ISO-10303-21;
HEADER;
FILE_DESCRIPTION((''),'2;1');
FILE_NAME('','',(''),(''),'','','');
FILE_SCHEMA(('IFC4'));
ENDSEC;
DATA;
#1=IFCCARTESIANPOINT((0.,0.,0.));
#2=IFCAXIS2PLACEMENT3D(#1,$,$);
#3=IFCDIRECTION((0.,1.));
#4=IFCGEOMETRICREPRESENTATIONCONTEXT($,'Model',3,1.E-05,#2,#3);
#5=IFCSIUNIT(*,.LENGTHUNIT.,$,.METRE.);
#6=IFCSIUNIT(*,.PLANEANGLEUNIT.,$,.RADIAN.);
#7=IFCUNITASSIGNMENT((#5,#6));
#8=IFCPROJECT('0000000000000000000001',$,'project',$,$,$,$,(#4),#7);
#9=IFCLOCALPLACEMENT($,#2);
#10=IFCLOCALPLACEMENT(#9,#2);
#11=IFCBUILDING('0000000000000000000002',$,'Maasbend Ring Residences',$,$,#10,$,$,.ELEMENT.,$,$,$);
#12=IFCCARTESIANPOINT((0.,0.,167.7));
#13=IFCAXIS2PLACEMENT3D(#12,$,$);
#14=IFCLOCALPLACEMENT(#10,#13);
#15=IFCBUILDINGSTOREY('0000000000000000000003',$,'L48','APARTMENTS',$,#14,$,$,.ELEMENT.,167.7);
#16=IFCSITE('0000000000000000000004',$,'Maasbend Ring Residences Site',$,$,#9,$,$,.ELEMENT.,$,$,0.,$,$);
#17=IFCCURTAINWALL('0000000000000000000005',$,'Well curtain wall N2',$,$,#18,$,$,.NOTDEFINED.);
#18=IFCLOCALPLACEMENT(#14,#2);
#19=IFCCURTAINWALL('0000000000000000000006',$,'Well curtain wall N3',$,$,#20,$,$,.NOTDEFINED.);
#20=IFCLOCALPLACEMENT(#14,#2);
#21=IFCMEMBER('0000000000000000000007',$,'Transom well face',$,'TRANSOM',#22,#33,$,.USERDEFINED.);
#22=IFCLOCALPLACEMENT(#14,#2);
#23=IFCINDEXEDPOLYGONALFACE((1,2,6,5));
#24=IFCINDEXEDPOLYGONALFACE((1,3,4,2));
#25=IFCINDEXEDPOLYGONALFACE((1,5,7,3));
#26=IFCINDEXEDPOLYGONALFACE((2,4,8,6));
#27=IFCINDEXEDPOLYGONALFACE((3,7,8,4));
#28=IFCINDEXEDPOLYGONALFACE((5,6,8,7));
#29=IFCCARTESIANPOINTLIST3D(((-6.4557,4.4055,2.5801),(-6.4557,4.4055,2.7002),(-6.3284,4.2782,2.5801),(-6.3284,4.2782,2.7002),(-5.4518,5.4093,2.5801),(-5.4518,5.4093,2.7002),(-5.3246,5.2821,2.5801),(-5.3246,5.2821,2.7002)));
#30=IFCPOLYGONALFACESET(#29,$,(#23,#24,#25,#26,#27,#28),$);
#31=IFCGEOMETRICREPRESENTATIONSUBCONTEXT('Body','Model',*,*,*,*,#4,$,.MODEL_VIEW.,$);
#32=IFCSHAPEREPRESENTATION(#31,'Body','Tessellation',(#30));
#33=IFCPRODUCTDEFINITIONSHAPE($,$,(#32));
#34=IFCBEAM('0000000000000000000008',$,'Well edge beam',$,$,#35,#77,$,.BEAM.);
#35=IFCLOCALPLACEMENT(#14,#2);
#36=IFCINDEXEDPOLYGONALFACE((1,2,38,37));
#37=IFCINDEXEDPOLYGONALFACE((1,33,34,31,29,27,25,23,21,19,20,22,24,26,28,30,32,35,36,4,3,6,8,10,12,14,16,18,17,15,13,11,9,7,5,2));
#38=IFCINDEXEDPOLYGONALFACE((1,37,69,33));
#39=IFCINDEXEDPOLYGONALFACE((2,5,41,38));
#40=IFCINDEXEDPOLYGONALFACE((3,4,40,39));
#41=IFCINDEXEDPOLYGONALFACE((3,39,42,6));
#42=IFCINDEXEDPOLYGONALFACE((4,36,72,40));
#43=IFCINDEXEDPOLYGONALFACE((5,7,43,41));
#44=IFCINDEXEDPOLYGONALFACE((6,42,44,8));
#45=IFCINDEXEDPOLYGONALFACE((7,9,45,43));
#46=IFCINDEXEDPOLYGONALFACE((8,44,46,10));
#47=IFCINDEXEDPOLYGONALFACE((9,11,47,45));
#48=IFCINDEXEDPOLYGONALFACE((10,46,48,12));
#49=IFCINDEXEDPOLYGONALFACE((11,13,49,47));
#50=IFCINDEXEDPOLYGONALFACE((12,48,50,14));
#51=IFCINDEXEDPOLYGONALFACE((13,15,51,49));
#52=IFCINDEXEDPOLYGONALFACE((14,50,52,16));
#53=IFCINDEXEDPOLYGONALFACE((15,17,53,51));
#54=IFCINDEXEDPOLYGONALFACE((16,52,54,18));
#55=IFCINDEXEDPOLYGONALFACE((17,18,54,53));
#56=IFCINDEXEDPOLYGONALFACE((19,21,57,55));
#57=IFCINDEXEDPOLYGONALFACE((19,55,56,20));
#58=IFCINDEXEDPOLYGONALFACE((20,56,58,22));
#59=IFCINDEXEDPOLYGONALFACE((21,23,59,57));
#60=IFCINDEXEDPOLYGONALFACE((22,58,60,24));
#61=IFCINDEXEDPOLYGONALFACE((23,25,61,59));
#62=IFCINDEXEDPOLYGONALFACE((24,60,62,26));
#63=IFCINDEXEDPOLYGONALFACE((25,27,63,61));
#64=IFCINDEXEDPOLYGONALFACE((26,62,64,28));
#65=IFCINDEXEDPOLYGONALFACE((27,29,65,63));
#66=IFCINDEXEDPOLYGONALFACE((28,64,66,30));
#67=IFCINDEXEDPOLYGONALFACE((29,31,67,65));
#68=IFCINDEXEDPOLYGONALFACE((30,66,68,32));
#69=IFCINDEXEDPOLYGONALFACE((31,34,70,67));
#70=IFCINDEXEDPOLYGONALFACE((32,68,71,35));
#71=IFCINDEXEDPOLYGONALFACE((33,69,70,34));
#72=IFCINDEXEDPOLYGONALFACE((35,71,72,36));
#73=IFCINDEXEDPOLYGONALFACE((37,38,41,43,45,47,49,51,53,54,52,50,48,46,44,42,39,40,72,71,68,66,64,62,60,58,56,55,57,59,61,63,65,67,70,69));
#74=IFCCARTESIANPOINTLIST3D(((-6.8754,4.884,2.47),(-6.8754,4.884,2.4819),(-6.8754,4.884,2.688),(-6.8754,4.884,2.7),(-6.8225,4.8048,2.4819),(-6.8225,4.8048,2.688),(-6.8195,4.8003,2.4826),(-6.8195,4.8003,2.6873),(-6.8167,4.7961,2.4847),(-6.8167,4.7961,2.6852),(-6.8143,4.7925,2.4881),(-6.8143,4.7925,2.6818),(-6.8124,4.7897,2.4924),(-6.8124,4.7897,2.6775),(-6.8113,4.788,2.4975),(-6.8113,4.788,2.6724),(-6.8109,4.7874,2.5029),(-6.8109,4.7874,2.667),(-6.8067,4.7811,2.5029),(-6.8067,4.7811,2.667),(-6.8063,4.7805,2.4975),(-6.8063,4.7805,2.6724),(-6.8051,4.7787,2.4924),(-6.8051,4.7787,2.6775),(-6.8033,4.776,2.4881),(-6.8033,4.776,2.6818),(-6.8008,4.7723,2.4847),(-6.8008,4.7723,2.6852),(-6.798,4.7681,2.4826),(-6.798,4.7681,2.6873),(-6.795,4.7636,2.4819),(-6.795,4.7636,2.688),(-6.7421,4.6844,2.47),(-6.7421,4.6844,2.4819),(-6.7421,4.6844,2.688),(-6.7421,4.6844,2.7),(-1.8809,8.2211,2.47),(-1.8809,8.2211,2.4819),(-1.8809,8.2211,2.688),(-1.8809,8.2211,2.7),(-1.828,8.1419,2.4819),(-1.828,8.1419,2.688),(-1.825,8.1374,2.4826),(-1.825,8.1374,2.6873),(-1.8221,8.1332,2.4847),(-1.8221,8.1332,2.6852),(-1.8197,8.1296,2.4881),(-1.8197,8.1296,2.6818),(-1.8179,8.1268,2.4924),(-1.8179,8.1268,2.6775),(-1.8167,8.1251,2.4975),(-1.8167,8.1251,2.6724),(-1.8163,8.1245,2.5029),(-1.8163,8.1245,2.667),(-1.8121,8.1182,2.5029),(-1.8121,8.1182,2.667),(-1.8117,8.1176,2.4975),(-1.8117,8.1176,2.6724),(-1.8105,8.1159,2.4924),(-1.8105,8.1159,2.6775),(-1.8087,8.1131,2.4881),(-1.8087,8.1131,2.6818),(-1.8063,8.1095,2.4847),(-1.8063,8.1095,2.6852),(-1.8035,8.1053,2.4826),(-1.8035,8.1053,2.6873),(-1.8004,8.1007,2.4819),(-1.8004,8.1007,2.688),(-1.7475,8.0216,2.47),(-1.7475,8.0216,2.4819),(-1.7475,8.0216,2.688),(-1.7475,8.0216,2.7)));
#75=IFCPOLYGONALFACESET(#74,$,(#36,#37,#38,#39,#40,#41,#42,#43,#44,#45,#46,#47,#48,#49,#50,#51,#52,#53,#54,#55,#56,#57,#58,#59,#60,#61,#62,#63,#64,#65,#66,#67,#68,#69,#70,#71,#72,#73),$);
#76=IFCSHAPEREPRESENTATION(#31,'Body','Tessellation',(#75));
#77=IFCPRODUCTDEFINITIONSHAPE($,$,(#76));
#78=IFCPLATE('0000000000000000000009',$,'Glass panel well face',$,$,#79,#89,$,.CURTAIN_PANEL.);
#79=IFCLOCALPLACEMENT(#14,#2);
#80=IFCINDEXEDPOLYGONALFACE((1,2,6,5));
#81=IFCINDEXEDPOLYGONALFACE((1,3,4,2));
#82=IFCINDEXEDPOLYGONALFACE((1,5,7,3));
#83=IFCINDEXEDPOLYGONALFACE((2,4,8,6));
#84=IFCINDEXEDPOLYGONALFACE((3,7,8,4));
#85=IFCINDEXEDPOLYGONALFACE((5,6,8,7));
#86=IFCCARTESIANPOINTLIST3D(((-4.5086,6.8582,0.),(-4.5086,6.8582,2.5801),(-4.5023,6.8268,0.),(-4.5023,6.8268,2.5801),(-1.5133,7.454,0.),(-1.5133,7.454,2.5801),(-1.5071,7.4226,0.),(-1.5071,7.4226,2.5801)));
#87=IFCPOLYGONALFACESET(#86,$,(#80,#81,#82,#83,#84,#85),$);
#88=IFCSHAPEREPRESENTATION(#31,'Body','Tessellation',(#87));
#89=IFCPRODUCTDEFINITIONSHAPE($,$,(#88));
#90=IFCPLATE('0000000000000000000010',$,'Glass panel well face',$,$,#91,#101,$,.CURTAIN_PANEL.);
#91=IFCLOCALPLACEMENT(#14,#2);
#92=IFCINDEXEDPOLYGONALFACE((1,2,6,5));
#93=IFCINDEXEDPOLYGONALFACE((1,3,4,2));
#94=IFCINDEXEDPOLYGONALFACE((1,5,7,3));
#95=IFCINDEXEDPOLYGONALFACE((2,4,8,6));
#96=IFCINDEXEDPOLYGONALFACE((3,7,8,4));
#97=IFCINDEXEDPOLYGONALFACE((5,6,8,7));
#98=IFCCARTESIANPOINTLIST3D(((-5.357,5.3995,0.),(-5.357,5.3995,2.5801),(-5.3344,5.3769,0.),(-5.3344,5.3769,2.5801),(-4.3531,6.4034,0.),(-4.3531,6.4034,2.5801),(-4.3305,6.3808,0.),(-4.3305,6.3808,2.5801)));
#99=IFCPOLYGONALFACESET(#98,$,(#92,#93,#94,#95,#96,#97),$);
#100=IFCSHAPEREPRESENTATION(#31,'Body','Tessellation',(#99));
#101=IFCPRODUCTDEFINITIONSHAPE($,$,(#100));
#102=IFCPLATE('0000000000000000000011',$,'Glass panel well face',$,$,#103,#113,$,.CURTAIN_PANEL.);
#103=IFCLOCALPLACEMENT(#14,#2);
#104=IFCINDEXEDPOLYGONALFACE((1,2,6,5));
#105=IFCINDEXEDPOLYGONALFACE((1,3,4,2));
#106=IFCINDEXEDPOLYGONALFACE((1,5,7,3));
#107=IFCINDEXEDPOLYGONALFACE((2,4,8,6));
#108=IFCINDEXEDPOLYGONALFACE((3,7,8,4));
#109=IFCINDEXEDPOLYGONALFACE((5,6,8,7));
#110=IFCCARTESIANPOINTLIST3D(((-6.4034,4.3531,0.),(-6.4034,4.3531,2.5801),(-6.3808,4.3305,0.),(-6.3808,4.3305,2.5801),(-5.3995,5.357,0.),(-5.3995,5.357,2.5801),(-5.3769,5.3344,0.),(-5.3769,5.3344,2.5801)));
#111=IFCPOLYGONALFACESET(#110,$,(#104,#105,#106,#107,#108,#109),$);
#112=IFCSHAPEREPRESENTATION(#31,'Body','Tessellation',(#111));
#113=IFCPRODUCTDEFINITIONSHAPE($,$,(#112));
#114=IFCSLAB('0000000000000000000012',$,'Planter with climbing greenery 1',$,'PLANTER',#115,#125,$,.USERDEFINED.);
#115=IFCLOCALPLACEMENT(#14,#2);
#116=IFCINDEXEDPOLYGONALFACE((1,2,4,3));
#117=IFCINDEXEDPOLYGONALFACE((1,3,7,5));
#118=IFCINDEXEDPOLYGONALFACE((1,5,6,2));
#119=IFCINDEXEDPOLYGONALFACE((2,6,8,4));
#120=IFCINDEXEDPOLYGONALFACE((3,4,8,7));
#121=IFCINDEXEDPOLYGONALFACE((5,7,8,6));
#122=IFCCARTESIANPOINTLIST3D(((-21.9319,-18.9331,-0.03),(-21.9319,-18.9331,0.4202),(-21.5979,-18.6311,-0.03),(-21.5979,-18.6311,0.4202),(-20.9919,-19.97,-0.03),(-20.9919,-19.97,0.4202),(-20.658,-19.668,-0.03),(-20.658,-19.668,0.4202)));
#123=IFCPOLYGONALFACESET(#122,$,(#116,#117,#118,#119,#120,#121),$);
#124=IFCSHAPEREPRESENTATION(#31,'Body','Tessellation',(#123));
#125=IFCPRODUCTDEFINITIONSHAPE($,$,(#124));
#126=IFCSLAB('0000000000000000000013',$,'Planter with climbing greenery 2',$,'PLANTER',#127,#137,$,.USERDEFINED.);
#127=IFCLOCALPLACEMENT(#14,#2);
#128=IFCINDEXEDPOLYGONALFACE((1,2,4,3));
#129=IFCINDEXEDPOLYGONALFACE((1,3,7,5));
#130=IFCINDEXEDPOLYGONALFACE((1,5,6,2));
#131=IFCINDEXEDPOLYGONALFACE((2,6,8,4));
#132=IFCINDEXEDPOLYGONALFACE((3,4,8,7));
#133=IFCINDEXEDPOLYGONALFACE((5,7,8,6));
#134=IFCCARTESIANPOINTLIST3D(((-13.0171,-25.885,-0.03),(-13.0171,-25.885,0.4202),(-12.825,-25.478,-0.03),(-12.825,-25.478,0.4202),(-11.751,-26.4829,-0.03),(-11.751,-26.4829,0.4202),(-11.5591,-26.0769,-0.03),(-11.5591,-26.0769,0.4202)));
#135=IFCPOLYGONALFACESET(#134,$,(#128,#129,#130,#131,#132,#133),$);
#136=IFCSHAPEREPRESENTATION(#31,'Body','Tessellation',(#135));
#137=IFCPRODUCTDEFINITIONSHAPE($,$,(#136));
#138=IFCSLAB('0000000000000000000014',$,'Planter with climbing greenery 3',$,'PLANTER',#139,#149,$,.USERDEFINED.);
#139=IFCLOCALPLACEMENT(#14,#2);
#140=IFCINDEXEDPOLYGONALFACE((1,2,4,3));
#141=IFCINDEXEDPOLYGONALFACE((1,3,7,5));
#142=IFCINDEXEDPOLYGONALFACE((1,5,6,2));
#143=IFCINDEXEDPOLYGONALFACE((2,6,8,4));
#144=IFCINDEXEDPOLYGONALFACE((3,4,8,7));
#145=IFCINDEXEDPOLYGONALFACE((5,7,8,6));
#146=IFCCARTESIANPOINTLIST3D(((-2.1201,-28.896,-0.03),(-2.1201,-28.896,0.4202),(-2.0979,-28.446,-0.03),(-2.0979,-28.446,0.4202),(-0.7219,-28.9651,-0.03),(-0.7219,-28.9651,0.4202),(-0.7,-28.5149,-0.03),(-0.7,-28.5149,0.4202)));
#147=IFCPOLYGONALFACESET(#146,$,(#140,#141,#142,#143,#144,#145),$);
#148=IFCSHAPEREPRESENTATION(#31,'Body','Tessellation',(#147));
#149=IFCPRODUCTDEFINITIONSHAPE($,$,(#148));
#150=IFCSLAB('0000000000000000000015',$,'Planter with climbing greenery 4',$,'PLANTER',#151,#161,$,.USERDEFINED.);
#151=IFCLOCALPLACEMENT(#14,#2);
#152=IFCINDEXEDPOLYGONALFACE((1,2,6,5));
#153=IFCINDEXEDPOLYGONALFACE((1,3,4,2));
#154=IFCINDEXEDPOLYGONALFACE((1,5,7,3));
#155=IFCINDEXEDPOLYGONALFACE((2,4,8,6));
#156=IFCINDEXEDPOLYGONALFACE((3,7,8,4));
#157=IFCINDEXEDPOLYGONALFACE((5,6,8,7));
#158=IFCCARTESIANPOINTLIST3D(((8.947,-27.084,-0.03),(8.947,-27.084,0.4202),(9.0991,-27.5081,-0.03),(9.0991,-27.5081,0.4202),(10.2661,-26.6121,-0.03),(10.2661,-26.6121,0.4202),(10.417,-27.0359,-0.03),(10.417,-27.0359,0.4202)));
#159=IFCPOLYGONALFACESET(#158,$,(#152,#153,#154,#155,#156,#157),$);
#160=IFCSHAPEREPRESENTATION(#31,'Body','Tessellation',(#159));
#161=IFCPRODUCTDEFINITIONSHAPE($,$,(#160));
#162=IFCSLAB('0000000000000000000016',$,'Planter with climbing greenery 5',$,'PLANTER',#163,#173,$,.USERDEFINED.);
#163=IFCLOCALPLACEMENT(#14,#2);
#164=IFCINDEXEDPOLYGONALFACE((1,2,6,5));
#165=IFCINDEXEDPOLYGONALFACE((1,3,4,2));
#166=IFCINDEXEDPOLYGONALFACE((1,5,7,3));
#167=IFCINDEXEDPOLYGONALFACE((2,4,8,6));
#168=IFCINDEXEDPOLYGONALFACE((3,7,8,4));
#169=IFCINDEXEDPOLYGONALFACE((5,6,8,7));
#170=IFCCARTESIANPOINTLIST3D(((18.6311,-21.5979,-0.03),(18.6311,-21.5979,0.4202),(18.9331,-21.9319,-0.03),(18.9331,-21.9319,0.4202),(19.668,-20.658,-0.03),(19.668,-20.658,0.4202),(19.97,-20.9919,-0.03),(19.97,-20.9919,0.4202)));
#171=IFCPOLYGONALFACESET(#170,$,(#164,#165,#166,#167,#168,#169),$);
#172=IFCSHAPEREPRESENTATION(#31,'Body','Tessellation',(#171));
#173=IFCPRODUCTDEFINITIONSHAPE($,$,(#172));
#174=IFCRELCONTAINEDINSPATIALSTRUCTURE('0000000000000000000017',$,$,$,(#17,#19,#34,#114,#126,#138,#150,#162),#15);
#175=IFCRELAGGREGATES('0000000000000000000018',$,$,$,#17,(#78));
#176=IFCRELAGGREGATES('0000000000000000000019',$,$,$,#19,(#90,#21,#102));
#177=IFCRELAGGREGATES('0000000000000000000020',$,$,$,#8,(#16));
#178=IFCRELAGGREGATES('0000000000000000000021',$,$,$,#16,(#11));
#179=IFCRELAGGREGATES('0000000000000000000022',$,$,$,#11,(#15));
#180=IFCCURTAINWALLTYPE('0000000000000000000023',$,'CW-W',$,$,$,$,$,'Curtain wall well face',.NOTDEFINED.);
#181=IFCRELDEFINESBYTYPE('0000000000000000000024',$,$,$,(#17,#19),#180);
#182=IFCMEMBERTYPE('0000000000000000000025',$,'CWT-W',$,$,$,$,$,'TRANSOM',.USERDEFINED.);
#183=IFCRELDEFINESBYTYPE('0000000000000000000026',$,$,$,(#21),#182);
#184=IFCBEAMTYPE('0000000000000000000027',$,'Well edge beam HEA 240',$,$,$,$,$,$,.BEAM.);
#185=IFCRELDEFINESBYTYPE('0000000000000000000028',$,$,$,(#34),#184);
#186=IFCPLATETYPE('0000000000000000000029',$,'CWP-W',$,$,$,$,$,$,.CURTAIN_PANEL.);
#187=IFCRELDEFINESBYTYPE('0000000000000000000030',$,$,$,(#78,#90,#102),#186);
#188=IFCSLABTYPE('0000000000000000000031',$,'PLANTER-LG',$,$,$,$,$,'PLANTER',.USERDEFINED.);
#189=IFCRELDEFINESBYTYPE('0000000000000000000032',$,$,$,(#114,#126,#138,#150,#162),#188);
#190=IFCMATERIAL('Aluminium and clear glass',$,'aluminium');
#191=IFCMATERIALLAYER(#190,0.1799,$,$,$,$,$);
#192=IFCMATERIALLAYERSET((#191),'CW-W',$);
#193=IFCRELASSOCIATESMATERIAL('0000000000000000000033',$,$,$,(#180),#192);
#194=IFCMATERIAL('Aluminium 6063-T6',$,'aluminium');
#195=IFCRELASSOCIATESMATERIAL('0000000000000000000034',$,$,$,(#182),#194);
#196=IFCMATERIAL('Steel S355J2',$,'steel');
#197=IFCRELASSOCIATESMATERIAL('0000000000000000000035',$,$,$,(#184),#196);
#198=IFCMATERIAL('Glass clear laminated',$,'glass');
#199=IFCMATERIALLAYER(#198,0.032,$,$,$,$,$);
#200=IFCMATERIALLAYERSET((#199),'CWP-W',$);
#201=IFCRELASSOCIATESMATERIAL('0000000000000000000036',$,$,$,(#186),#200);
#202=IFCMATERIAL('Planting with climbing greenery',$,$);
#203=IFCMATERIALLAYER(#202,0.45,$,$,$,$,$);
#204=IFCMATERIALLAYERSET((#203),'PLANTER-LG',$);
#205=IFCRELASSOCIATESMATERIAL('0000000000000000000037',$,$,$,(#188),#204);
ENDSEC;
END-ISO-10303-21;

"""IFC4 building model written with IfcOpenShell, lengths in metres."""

from ifc_helpers import new_model, si_unit, direction, frame, origin, origin_2d, place, context, subcontext, project, spatial, polyline, rectangle, i_section, outline, extrude, material, layer, layer_set, material_profile, profile_set, type_object, element, aggregate, save


model = new_model("IFC4")

# Units and contexts
model_context = context("Model", 3, precision=1e-05, world=origin(), true_north=direction((0.0, 1.0)))
body_context = subcontext(model_context, "Body", "Model", "MODEL_VIEW")
ifc_project = project(units=[si_unit("LENGTHUNIT", "METRE"), si_unit("PLANEANGLEUNIT", "RADIAN")], contexts=[model_context])

# Site, building, storey
site_placement = place(None, origin())
site = spatial("IfcSite", under=ifc_project, at=site_placement, Name="Maasbend Ring Residences Site", CompositionType="ELEMENT", RefElevation=0.0)
building_placement = place(site_placement, origin())
building = spatial("IfcBuilding", under=site, at=building_placement, Name="Maasbend Ring Residences", CompositionType="ELEMENT")
storey_placement = place(building_placement, frame((0.0, 0.0, 167.7)))
storey = spatial("IfcBuildingStorey", under=building, at=storey_placement, Name="L48", Description="APARTMENTS", CompositionType="ELEMENT", Elevation=167.7)

# Curtain walls
ifc_material_1 = material(Name="Aluminium and clear glass", Category="aluminium")
ifc_layer_1 = layer(ifc_material_1, 0.1799)
ifc_layer_set_1 = layer_set([ifc_layer_1], Name="CW-W")
curtain_wall_type = type_object("IfcCurtainWallType", Name="CW-W", ElementType="Curtain wall well face", PredefinedType="NOTDEFINED", material=ifc_layer_set_1)
curtain_wall_1_placement = place(storey_placement, origin())
curtain_wall_1 = element("IfcCurtainWall", 1, at=curtain_wall_1_placement, inside=storey, type_object=curtain_wall_type, Name="Well curtain wall N2", PredefinedType="NOTDEFINED")
curtain_wall_2_placement = place(storey_placement, origin())
curtain_wall_2 = element("IfcCurtainWall", 2, at=curtain_wall_2_placement, inside=storey, type_object=curtain_wall_type, Name="Well curtain wall N3", PredefinedType="NOTDEFINED")

# Member
ifc_material_2 = material(Name="Aluminium 6063-T6", Category="aluminium")
ifc_material_profile_1 = material_profile(ifc_material_2, rectangle(XDim=0.1799, YDim=0.1201, at=origin_2d()), Name="AL 180x120")
ifc_profile_set_1 = profile_set([ifc_material_profile_1], Name="Aluminium 6063-T6")
member_type_1 = type_object("IfcMemberType", Name="CWT-W", ElementType="TRANSOM", PredefinedType="USERDEFINED", material=ifc_profile_set_1)
member_1_placement = place(storey_placement, frame((-5.3882, 5.3457, 2.6401), z_axis=(-0.707107, -0.707107, 0.0), x_axis=(0.707107, -0.707107, 0.0)))
member_1 = element("IfcMember", 3, at=member_1_placement, type_object=member_type_1, Name="Transom well face", ObjectType="TRANSOM", PredefinedType="USERDEFINED", context=body_context, shape_type="SweptSolid", body=[
    extrude(rectangle(XDim=0.1799, YDim=0.1201, at=origin_2d()), origin(), (0.0, 0.0, 1.0), 1.4197),
])

# Beam
ifc_material_3 = material(Name="Steel S355J2", Category="steel")
ifc_material_profile_2 = material_profile(ifc_material_3, i_section(OverallWidth=0.24, OverallDepth=0.23, WebThickness=0.0076, FlangeThickness=0.012, FilletRadius=0.021, at=origin_2d()), Name="HEA 240")
ifc_profile_set_2 = profile_set([ifc_material_profile_2], Name="Steel S355J2")
beam_type = type_object("IfcBeamType", Name="Well edge beam HEA 240", PredefinedType="BEAM", material=ifc_profile_set_2)
beam_placement = place(storey_placement, frame((-1.8142, 8.1213, 2.585), z_axis=(-0.831481, -0.555553, 0.0), x_axis=(0.555553, -0.831481, 0.0)))
element("IfcBeam", 4, at=beam_placement, inside=storey, type_object=beam_type, Name="Well edge beam", PredefinedType="BEAM", context=body_context, shape_type="SweptSolid", body=[
    extrude(i_section(OverallWidth=0.24, OverallDepth=0.23, WebThickness=0.0076, FlangeThickness=0.012, FilletRadius=0.021, at=origin_2d()), origin(), (0.0, 0.0, 1.0), 6.0068),
])

# Plates
ifc_material_4 = material(Name="Glass clear laminated", Category="glass")
ifc_layer_2 = layer(ifc_material_4, 0.032)
ifc_layer_set_2 = layer_set([ifc_layer_2], Name="CWP-W")
plate_type = type_object("IfcPlateType", Name="CWP-W", PredefinedType="CURTAIN_PANEL", material=ifc_layer_set_2)
plate_1_placement = place(storey_placement, frame((-3.0078, 7.1404, 0.0), z_axis=(0.0, 0.0, 1.0), x_axis=(-0.980785, -0.19509, 0.0)))
plate_1 = element("IfcPlate", 5, at=plate_1_placement, type_object=plate_type, Name="Glass panel well face", PredefinedType="CURTAIN_PANEL", context=body_context, shape_type="SweptSolid", body=[
    extrude(rectangle(XDim=3.054, YDim=0.032, at=origin_2d()), origin(), (0.0, 0.0, 1.0), 2.5801),
])
aggregate(curtain_wall_1, [plate_1])
plate_2_placement = place(storey_placement, frame((-4.8438, 5.8901, 0.0), z_axis=(0.0, 0.0, 1.0), x_axis=(-0.707107, -0.707107, 0.0)))
plate_2 = element("IfcPlate", 6, at=plate_2_placement, type_object=plate_type, Name="Glass panel well face", PredefinedType="CURTAIN_PANEL", context=body_context, shape_type="SweptSolid", body=[
    extrude(rectangle(XDim=1.4197, YDim=0.032, at=origin_2d()), origin(), (0.0, 0.0, 1.0), 2.5801),
])
plate_3_placement = place(storey_placement, frame((-5.8901, 4.8438, 0.0), z_axis=(0.0, 0.0, 1.0), x_axis=(-0.707107, -0.707107, 0.0)))
plate_3 = element("IfcPlate", 7, at=plate_3_placement, type_object=plate_type, Name="Glass panel well face", PredefinedType="CURTAIN_PANEL", context=body_context, shape_type="SweptSolid", body=[
    extrude(rectangle(XDim=1.4197, YDim=0.032, at=origin_2d()), origin(), (0.0, 0.0, 1.0), 2.5801),
])
aggregate(curtain_wall_2, [plate_2, member_1, plate_3])

# Slabs
ifc_material_5 = material(Name="Planting with climbing greenery")
ifc_layer_3 = layer(ifc_material_5, 0.45)
ifc_layer_set_3 = layer_set([ifc_layer_3], Name="PLANTER-LG")
slab_type_1 = type_object("IfcSlabType", Name="PLANTER-LG", ElementType="PLANTER", PredefinedType="USERDEFINED", material=ifc_layer_set_3)
slab_1_placement = place(storey_placement, frame((0.0, 0.0, -0.03)))
element("IfcSlab", 8, at=slab_1_placement, inside=storey, type_object=slab_type_1, Name="Planter with climbing greenery 1", ObjectType="PLANTER", PredefinedType="USERDEFINED", context=body_context, shape_type="SweptSolid", body=[
    extrude(outline(polyline([(-21.9319, -18.9331), (-20.9919, -19.97), (-20.658, -19.668), (-21.5979, -18.6311), (-21.9319, -18.9331)])), origin(), (0.0, 0.0, 1.0), 0.4502),
])
slab_2_placement = place(storey_placement, frame((0.0, 0.0, -0.03)))
element("IfcSlab", 9, at=slab_2_placement, inside=storey, type_object=slab_type_1, Name="Planter with climbing greenery 2", ObjectType="PLANTER", PredefinedType="USERDEFINED", context=body_context, shape_type="SweptSolid", body=[
    extrude(outline(polyline([(-13.0171, -25.885), (-11.751, -26.4829), (-11.5591, -26.0769), (-12.825, -25.478), (-13.0171, -25.885)])), origin(), (0.0, 0.0, 1.0), 0.4502),
])
slab_3_placement = place(storey_placement, frame((0.0, 0.0, -0.03)))
element("IfcSlab", 10, at=slab_3_placement, inside=storey, type_object=slab_type_1, Name="Planter with climbing greenery 3", ObjectType="PLANTER", PredefinedType="USERDEFINED", context=body_context, shape_type="SweptSolid", body=[
    extrude(outline(polyline([(-2.1201, -28.896), (-0.7219, -28.9651), (-0.7, -28.5149), (-2.0979, -28.446), (-2.1201, -28.896)])), origin(), (0.0, 0.0, 1.0), 0.4502),
])
slab_4_placement = place(storey_placement, frame((0.0, 0.0, -0.03)))
element("IfcSlab", 11, at=slab_4_placement, inside=storey, type_object=slab_type_1, Name="Planter with climbing greenery 4", ObjectType="PLANTER", PredefinedType="USERDEFINED", context=body_context, shape_type="SweptSolid", body=[
    extrude(outline(polyline([(9.0991, -27.5081), (10.417, -27.0359), (10.2661, -26.6121), (8.947, -27.084), (9.0991, -27.5081)])), origin(), (0.0, 0.0, 1.0), 0.4502),
])
slab_5_placement = place(storey_placement, frame((0.0, 0.0, -0.03)))
element("IfcSlab", 12, at=slab_5_placement, inside=storey, type_object=slab_type_1, Name="Planter with climbing greenery 5", ObjectType="PLANTER", PredefinedType="USERDEFINED", context=body_context, shape_type="SweptSolid", body=[
    extrude(outline(polyline([(18.9331, -21.9319), (19.97, -20.9919), (19.668, -20.658), (18.6311, -21.5979), (18.9331, -21.9319)])), origin(), (0.0, 0.0, 1.0), 0.4502),
])

save(model, "model.ifc")
